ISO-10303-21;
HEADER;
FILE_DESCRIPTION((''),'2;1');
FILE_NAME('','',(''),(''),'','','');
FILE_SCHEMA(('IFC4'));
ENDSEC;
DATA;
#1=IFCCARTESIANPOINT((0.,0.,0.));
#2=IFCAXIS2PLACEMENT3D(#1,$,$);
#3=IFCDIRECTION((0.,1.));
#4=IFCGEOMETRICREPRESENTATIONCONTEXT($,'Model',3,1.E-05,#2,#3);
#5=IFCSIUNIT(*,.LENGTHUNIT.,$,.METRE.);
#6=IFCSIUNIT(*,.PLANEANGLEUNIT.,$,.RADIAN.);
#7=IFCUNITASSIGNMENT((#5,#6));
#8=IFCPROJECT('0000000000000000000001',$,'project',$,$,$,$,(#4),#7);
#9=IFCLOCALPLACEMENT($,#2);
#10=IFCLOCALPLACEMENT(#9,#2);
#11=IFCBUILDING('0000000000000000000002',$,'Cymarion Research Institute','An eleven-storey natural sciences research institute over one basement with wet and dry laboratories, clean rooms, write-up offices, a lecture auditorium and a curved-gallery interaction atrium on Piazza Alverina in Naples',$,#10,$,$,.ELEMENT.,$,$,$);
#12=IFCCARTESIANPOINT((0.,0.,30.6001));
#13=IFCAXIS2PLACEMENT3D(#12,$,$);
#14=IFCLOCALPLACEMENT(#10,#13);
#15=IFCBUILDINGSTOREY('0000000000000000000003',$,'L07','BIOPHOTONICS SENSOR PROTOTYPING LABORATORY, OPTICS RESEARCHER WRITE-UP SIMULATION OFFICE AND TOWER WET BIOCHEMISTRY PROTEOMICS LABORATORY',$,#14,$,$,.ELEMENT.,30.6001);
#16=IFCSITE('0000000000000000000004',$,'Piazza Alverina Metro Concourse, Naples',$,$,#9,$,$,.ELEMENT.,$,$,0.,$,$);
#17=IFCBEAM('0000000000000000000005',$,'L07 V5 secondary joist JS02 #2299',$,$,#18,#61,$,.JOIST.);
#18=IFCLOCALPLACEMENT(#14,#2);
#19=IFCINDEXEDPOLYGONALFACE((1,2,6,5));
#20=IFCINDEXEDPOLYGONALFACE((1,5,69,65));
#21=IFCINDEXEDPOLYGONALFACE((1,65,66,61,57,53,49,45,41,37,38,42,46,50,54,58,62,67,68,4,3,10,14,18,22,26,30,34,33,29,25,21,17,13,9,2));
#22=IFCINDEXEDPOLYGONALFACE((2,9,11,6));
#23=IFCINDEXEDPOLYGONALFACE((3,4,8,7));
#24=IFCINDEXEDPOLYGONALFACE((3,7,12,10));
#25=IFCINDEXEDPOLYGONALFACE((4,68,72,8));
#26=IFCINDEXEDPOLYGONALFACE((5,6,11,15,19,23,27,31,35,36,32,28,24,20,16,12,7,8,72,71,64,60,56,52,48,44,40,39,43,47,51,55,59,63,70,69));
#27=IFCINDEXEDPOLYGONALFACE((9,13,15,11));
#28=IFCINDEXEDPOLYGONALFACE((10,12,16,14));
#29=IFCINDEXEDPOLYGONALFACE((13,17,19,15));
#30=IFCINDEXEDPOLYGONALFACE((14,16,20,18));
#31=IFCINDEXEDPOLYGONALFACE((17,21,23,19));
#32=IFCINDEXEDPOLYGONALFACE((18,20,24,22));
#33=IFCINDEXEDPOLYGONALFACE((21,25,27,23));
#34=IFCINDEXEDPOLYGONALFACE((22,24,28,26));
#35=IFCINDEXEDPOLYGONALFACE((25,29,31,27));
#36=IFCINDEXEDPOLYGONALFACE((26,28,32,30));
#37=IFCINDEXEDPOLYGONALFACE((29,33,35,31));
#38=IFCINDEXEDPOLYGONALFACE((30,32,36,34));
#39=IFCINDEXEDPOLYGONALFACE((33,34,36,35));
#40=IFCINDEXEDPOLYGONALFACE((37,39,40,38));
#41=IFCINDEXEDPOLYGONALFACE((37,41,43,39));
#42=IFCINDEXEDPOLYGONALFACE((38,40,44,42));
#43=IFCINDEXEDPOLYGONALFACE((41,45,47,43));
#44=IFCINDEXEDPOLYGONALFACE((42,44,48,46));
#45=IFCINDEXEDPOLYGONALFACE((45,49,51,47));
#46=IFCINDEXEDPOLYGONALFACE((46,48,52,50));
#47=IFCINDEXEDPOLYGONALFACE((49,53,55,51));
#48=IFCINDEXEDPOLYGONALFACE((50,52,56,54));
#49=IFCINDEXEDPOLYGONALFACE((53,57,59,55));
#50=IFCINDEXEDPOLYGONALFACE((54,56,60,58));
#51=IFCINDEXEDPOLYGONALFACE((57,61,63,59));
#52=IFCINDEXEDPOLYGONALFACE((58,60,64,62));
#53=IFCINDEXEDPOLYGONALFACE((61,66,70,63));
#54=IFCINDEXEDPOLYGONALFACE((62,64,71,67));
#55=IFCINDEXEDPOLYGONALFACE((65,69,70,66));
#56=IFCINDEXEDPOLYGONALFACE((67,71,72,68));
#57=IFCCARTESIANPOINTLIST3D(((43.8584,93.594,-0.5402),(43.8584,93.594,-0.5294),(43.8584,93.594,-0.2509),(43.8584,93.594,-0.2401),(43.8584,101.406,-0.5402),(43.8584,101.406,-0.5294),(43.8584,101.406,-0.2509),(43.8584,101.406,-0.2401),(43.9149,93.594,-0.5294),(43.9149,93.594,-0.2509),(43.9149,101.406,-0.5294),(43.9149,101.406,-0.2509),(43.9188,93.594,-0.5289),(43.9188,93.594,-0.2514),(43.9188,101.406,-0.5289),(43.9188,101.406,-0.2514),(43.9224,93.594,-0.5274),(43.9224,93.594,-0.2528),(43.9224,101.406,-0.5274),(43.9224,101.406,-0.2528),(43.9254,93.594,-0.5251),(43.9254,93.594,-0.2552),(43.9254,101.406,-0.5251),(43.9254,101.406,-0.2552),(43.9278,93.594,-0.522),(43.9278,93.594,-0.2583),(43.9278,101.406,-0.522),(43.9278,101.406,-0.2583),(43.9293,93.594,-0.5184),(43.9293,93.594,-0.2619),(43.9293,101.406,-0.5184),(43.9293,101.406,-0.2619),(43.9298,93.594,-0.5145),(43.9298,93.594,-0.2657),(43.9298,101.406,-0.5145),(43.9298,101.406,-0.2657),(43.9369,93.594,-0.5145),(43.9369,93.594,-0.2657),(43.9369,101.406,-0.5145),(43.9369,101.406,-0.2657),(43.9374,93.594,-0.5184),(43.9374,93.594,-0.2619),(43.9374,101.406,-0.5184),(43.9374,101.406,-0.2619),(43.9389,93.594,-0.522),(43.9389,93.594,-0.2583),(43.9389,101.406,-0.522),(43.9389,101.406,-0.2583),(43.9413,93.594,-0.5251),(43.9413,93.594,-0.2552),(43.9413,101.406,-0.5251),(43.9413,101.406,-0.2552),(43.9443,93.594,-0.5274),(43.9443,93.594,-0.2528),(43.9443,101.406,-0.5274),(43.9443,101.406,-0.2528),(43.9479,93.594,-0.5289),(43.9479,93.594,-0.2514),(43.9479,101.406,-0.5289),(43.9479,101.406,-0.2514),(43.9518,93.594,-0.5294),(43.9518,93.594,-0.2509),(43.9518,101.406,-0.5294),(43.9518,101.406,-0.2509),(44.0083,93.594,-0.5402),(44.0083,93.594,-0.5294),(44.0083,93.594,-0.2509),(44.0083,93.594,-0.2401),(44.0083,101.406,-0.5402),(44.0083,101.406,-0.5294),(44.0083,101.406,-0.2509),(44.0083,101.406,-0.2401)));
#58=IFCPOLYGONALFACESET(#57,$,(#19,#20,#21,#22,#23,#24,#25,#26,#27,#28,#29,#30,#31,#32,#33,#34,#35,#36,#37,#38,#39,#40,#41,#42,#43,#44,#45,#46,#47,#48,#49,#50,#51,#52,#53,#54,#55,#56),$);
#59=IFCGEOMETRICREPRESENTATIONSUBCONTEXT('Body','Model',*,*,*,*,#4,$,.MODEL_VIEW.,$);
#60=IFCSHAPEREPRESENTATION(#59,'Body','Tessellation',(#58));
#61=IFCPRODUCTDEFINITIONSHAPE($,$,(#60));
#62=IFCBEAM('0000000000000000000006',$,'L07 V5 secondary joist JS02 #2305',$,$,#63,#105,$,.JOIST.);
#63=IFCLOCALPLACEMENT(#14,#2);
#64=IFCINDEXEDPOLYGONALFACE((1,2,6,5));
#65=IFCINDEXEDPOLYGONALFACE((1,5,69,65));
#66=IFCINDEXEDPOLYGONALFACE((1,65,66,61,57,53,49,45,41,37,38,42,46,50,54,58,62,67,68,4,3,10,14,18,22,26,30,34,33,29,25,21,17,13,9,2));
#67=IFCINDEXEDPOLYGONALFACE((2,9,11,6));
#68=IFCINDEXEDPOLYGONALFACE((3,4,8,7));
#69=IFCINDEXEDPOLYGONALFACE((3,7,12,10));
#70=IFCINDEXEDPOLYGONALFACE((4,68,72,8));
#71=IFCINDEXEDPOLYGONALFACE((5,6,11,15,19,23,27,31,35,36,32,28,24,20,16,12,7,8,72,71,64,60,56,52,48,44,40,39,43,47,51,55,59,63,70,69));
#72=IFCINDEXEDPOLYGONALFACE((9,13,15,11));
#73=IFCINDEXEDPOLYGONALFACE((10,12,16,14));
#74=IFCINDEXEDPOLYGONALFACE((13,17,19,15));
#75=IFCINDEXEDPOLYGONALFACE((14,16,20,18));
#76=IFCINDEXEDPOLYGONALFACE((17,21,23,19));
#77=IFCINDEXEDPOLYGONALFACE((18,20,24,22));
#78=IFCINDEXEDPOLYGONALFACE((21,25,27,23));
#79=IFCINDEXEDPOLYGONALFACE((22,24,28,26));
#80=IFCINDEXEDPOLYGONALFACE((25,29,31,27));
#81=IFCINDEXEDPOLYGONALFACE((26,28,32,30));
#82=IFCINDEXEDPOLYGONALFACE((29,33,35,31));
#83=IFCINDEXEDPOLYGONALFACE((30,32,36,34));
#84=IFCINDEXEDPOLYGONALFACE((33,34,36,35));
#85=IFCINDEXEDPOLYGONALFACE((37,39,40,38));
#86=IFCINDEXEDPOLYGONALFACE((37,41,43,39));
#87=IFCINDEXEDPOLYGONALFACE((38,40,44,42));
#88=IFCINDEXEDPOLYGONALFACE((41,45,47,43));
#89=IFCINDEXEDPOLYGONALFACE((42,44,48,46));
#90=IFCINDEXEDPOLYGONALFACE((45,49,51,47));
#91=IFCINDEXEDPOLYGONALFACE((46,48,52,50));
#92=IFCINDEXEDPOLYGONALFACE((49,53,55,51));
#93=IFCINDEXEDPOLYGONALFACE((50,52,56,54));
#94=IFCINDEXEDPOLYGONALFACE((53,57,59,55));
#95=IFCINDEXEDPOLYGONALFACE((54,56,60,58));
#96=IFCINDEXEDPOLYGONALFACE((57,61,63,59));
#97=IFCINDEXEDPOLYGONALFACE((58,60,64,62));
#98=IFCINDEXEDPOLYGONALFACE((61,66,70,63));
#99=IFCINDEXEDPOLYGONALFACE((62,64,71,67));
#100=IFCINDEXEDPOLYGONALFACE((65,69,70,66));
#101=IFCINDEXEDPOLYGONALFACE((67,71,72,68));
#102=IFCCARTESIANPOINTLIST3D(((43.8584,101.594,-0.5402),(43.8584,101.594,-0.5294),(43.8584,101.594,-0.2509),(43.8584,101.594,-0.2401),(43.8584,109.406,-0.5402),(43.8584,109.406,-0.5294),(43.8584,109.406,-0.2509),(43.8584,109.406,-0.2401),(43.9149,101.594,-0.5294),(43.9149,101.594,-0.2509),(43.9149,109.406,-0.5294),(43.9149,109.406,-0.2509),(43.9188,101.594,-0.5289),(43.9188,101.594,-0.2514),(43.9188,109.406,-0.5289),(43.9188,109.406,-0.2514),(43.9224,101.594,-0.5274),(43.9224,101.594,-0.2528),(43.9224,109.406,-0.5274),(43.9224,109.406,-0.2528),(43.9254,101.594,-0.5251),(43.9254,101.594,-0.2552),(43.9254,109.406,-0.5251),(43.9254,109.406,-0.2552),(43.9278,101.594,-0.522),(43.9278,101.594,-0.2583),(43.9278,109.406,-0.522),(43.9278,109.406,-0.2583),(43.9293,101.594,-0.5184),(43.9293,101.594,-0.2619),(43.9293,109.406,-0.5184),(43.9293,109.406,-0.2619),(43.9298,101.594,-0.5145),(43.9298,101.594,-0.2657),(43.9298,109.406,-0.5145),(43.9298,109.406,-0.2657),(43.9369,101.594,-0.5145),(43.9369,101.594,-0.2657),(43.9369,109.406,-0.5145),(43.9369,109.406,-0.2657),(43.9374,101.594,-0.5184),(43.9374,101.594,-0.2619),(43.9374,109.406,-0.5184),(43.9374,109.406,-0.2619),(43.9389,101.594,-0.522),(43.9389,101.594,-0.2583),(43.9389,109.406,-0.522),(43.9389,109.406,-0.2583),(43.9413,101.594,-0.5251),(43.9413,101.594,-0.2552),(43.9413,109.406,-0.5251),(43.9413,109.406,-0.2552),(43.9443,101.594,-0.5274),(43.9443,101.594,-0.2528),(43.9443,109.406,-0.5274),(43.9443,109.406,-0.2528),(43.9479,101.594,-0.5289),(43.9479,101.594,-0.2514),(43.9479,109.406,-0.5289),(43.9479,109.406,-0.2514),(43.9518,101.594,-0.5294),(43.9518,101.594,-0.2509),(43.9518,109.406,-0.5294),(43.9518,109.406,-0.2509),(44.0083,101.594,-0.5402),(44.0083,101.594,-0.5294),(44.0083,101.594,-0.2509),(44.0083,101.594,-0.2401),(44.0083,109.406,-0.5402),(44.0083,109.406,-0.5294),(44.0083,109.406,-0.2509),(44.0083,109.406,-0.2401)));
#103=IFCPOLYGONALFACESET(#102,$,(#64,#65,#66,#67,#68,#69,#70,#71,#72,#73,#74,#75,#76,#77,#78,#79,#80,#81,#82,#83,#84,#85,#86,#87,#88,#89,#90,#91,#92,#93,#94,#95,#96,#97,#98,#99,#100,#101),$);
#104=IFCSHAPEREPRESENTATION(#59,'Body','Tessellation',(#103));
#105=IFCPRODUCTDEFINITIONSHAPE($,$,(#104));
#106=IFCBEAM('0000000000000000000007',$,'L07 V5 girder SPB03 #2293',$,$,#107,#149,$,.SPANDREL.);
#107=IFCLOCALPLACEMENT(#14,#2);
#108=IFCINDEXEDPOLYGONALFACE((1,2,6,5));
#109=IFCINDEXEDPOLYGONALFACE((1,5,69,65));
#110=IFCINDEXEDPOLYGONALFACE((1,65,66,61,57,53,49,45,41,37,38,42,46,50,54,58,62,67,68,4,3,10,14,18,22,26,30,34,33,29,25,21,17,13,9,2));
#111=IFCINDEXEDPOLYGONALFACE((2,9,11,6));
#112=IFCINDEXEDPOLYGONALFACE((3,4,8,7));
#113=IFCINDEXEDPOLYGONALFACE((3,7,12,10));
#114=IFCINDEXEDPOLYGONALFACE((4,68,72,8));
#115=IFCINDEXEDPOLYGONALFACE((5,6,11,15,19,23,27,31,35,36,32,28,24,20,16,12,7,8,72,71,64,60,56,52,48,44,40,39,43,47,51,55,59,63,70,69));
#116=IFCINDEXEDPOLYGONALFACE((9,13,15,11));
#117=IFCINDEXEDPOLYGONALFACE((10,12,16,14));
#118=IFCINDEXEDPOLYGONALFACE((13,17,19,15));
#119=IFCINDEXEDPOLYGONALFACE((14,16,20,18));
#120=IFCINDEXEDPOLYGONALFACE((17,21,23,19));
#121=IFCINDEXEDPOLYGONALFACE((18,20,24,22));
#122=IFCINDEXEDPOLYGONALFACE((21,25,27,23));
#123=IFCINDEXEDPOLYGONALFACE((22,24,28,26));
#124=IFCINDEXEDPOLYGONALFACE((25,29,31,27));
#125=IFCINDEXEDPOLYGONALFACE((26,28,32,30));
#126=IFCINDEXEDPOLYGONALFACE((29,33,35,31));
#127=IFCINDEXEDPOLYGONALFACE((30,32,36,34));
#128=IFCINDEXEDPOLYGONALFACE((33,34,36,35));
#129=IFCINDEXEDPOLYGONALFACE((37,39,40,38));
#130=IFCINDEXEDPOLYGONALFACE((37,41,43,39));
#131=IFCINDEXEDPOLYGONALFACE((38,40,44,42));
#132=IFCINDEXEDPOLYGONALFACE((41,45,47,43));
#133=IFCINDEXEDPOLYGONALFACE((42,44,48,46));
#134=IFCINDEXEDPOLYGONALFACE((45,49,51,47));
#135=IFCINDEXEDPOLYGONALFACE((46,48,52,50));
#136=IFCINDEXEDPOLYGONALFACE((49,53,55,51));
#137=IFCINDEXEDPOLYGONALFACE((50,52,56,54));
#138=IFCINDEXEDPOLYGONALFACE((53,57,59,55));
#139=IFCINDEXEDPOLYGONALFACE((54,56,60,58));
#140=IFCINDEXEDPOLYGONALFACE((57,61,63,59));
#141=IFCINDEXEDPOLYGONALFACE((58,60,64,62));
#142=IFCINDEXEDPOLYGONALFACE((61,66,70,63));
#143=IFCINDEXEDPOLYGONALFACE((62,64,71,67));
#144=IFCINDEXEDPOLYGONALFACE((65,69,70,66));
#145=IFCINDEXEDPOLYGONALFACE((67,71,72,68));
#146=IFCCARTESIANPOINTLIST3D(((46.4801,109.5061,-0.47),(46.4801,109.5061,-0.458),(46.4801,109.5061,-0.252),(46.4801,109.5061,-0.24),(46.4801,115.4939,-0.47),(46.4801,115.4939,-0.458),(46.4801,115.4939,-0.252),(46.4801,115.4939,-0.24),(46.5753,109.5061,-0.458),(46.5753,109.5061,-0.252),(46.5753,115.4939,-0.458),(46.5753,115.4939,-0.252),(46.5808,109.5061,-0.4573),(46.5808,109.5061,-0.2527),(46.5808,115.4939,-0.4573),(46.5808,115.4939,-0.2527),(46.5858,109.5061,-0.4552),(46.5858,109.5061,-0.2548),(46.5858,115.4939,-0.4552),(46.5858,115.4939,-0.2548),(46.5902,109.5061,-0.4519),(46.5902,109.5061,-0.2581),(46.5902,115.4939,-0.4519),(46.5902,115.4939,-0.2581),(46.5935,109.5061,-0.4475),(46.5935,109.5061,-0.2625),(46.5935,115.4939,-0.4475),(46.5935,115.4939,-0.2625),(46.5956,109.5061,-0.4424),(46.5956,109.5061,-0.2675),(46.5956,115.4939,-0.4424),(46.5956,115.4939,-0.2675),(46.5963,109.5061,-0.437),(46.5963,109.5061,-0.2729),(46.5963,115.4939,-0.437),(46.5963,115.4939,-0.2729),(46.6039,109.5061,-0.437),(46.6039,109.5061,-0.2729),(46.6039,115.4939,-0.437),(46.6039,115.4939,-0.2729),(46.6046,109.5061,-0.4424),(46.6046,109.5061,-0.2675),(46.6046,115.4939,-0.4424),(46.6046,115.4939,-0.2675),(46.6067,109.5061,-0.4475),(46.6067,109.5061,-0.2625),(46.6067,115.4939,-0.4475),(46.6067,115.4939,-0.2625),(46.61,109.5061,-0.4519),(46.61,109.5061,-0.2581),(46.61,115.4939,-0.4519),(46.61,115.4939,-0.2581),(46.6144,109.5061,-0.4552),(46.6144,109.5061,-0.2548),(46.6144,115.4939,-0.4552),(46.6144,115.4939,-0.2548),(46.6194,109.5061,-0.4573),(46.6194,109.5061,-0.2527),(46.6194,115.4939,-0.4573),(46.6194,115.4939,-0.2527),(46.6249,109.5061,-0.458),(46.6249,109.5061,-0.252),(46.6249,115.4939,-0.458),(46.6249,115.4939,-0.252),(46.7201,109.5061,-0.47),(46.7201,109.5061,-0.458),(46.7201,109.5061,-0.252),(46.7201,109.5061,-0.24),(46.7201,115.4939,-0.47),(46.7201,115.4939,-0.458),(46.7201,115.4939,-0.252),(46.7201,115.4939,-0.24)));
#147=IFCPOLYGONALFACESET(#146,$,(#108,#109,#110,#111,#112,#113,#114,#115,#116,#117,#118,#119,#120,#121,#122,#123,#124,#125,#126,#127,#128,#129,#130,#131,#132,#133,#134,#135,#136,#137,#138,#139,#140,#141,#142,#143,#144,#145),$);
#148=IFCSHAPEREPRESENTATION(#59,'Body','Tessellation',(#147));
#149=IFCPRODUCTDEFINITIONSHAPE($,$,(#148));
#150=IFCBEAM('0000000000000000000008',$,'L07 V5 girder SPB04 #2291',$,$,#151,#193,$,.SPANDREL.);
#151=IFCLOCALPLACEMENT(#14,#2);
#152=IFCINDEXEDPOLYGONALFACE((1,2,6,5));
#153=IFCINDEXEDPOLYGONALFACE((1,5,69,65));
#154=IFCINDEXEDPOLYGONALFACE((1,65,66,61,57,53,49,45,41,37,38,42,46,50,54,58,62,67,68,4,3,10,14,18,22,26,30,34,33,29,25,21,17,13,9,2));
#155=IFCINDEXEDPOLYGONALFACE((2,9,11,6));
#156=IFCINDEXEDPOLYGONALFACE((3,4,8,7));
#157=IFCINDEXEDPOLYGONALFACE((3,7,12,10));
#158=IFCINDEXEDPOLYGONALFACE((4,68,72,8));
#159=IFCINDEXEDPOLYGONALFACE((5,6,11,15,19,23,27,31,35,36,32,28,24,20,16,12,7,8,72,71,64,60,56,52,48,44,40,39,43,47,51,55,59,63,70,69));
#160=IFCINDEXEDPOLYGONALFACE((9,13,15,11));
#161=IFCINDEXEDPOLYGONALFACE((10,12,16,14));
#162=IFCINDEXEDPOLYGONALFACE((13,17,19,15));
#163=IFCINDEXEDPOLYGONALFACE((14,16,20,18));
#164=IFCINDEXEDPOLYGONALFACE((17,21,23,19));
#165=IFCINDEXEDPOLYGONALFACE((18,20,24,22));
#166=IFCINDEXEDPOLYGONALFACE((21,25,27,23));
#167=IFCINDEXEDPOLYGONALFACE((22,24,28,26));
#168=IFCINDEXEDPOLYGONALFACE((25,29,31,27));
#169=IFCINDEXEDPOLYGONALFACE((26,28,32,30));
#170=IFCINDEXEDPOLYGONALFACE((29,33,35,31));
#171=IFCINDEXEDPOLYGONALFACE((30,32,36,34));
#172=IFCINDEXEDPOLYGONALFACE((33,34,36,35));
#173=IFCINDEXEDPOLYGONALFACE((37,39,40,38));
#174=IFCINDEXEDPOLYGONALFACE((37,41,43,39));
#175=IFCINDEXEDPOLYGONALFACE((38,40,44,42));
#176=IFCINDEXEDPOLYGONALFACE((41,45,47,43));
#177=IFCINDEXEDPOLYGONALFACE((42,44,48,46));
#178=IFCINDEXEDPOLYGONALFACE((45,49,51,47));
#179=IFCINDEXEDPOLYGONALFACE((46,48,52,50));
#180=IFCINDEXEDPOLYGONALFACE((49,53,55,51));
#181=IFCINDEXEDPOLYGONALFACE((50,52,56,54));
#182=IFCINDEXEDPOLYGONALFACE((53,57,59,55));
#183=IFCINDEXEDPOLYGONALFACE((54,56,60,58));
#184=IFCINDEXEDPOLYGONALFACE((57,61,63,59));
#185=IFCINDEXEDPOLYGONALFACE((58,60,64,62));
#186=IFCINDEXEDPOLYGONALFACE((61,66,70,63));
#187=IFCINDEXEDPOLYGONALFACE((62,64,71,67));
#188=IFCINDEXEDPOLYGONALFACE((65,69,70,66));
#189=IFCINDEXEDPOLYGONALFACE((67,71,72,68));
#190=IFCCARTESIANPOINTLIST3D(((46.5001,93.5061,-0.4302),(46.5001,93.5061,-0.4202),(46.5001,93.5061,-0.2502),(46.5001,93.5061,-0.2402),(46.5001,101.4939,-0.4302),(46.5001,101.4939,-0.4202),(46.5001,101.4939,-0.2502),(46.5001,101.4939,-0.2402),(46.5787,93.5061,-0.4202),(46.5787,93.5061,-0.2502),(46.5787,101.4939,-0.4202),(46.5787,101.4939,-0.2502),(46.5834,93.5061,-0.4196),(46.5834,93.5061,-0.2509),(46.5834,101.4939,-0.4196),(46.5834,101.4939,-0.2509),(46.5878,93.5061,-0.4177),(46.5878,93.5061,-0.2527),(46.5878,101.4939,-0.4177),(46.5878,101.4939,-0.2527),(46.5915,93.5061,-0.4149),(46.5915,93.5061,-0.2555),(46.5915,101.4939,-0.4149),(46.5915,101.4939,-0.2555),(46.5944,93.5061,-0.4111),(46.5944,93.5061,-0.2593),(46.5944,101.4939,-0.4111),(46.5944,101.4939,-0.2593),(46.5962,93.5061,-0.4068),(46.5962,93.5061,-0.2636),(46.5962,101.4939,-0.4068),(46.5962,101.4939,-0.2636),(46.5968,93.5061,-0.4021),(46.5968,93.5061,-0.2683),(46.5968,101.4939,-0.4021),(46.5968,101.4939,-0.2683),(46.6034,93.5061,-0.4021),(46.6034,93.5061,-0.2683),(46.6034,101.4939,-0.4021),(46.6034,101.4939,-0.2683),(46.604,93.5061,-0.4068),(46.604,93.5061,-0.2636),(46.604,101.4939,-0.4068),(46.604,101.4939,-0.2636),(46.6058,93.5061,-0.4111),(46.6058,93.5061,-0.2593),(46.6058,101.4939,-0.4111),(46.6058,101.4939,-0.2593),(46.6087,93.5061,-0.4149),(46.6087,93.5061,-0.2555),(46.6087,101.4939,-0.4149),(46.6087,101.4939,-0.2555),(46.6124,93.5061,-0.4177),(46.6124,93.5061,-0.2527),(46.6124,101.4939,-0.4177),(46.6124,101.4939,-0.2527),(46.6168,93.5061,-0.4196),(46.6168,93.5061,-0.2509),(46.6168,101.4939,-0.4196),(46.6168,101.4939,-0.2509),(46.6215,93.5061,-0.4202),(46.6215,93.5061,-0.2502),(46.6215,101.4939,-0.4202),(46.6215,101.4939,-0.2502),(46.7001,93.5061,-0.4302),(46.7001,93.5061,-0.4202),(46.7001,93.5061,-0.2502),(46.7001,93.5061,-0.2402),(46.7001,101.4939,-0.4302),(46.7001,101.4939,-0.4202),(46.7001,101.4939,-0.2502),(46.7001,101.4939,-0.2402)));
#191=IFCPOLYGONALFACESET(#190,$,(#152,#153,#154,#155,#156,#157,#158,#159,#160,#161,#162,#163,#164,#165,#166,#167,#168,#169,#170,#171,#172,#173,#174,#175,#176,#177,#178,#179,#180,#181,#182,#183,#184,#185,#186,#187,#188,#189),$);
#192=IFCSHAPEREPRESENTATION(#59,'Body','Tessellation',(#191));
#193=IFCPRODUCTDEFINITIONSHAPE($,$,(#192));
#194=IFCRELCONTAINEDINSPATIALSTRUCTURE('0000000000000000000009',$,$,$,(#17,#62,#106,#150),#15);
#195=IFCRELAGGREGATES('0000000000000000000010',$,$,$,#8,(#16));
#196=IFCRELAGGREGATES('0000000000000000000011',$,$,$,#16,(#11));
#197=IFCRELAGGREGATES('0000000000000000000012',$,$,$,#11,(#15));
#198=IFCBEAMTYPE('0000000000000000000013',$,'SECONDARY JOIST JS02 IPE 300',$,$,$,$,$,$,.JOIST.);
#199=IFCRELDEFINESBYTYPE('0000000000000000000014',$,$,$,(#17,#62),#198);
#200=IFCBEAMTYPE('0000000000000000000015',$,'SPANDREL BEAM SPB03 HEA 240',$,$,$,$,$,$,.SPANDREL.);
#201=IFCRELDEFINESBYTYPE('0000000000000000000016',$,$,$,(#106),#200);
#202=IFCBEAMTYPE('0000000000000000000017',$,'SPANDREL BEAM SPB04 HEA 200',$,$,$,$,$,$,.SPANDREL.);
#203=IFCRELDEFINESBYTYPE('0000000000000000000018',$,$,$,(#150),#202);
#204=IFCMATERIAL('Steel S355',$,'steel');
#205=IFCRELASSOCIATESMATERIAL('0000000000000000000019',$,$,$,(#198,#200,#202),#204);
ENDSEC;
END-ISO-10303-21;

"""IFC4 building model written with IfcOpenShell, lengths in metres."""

from ifc_helpers import new_model, si_unit, direction, frame, origin, origin_2d, place, context, subcontext, project, spatial, i_section, extrude, material, material_profile, profile_set, type_object, element, save


model = new_model("IFC4")

# Units and contexts
model_context = context("Model", 3, precision=1e-05, world=origin(), true_north=direction((0.0, 1.0)))
body_context = subcontext(model_context, "Body", "Model", "MODEL_VIEW")
ifc_project = project(units=[si_unit("LENGTHUNIT", "METRE"), si_unit("PLANEANGLEUNIT", "RADIAN")], contexts=[model_context])

# Site, building, storey
site_placement = place(None, origin())
site = spatial("IfcSite", under=ifc_project, at=site_placement, Name="Piazza Alverina Metro Concourse, Naples", CompositionType="ELEMENT", RefElevation=0.0)
building_placement = place(site_placement, origin())
building = spatial("IfcBuilding", under=site, at=building_placement, Name="Cymarion Research Institute", Description="An eleven-storey natural sciences research institute over one basement with wet and dry laboratories, clean rooms, write-up offices, a lecture auditorium and a curved-gallery interaction atrium on Piazza Alverina in Naples", CompositionType="ELEMENT")
storey_placement = place(building_placement, frame((0.0, 0.0, 30.6001)))
storey = spatial("IfcBuildingStorey", under=building, at=storey_placement, Name="L07", Description="BIOPHOTONICS SENSOR PROTOTYPING LABORATORY, OPTICS RESEARCHER WRITE-UP SIMULATION OFFICE AND TOWER WET BIOCHEMISTRY PROTEOMICS LABORATORY", CompositionType="ELEMENT", Elevation=30.6001)

# Beams
ifc_material_1 = material(Name="Steel S355", Category="steel")
ifc_material_profile_1 = material_profile(ifc_material_1, i_section(OverallWidth=0.1499, OverallDepth=0.3, WebThickness=0.0071, FlangeThickness=0.0107, FilletRadius=0.0149, at=origin_2d()), Name="IPE 300")
ifc_profile_set_1 = profile_set([ifc_material_profile_1], Name="Steel S355")
beam_type_1 = type_object("IfcBeamType", Name="SECONDARY JOIST JS02 IPE 300", PredefinedType="JOIST", material=ifc_profile_set_1)
for number, where, z_axis, x_axis, name in (
    (1, (43.9333, 93.594, -0.3901), (0.0, 1.0, 0.0), (-1.0, 0.0, 0.0), "L07 V5 secondary joist JS02 #2299"),
    (2, (43.9333, 101.594, -0.3901), (0.0, 1.0, 0.0), (-1.0, 0.0, 0.0), "L07 V5 secondary joist JS02 #2305"),
):
    element("IfcBeam", number, at=place(storey_placement, frame(where, z_axis=z_axis, x_axis=x_axis)), inside=storey, type_object=beam_type_1, Name=name, PredefinedType="JOIST", context=body_context, shape_type="SweptSolid", body=[
        extrude(i_section(OverallWidth=0.1499, OverallDepth=0.3, WebThickness=0.0071, FlangeThickness=0.0107, FilletRadius=0.0149, at=origin_2d()), origin(), (0.0, 0.0, 1.0), 7.812),
    ])
ifc_material_profile_2 = material_profile(ifc_material_1, i_section(OverallWidth=0.24, OverallDepth=0.23, WebThickness=0.0076, FlangeThickness=0.012, FilletRadius=0.021, at=origin_2d()), Name="HEA 240")
ifc_profile_set_2 = profile_set([ifc_material_profile_2], Name="Steel S355")
beam_type_2 = type_object("IfcBeamType", Name="SPANDREL BEAM SPB03 HEA 240", PredefinedType="SPANDREL", material=ifc_profile_set_2)
beam_placement = place(storey_placement, frame((46.6001, 109.5061, -0.355), z_axis=(0.0, 1.0, 0.0), x_axis=(-1.0, 0.0, 0.0)))
element("IfcBeam", 3, at=beam_placement, inside=storey, type_object=beam_type_2, Name="L07 V5 girder SPB03 #2293", PredefinedType="SPANDREL", context=body_context, shape_type="SweptSolid", body=[
    extrude(i_section(OverallWidth=0.24, OverallDepth=0.23, WebThickness=0.0076, FlangeThickness=0.012, FilletRadius=0.021, at=origin_2d()), origin(), (0.0, 0.0, 1.0), 5.9878),
])
ifc_material_profile_3 = material_profile(ifc_material_1, i_section(OverallWidth=0.2, OverallDepth=0.1899, WebThickness=0.0066, FlangeThickness=0.01, FilletRadius=0.0181, at=origin_2d()), Name="HEA 200")
ifc_profile_set_3 = profile_set([ifc_material_profile_3], Name="Steel S355")
beam_type_3 = type_object("IfcBeamType", Name="SPANDREL BEAM SPB04 HEA 200", PredefinedType="SPANDREL", material=ifc_profile_set_3)
for number, where, z_axis, x_axis, name in (
    (4, (46.6001, 93.5061, -0.3352), (0.0, 1.0, 0.0), (-1.0, 0.0, 0.0), "L07 V5 girder SPB04 #2291"),
):
    element("IfcBeam", number, at=place(storey_placement, frame(where, z_axis=z_axis, x_axis=x_axis)), inside=storey, type_object=beam_type_3, Name=name, PredefinedType="SPANDREL", context=body_context, shape_type="SweptSolid", body=[
        extrude(i_section(OverallWidth=0.2, OverallDepth=0.1899, WebThickness=0.0066, FlangeThickness=0.01, FilletRadius=0.0181, at=origin_2d()), origin(), (0.0, 0.0, 1.0), 7.9878),
    ])

save(model, "model.ifc")
